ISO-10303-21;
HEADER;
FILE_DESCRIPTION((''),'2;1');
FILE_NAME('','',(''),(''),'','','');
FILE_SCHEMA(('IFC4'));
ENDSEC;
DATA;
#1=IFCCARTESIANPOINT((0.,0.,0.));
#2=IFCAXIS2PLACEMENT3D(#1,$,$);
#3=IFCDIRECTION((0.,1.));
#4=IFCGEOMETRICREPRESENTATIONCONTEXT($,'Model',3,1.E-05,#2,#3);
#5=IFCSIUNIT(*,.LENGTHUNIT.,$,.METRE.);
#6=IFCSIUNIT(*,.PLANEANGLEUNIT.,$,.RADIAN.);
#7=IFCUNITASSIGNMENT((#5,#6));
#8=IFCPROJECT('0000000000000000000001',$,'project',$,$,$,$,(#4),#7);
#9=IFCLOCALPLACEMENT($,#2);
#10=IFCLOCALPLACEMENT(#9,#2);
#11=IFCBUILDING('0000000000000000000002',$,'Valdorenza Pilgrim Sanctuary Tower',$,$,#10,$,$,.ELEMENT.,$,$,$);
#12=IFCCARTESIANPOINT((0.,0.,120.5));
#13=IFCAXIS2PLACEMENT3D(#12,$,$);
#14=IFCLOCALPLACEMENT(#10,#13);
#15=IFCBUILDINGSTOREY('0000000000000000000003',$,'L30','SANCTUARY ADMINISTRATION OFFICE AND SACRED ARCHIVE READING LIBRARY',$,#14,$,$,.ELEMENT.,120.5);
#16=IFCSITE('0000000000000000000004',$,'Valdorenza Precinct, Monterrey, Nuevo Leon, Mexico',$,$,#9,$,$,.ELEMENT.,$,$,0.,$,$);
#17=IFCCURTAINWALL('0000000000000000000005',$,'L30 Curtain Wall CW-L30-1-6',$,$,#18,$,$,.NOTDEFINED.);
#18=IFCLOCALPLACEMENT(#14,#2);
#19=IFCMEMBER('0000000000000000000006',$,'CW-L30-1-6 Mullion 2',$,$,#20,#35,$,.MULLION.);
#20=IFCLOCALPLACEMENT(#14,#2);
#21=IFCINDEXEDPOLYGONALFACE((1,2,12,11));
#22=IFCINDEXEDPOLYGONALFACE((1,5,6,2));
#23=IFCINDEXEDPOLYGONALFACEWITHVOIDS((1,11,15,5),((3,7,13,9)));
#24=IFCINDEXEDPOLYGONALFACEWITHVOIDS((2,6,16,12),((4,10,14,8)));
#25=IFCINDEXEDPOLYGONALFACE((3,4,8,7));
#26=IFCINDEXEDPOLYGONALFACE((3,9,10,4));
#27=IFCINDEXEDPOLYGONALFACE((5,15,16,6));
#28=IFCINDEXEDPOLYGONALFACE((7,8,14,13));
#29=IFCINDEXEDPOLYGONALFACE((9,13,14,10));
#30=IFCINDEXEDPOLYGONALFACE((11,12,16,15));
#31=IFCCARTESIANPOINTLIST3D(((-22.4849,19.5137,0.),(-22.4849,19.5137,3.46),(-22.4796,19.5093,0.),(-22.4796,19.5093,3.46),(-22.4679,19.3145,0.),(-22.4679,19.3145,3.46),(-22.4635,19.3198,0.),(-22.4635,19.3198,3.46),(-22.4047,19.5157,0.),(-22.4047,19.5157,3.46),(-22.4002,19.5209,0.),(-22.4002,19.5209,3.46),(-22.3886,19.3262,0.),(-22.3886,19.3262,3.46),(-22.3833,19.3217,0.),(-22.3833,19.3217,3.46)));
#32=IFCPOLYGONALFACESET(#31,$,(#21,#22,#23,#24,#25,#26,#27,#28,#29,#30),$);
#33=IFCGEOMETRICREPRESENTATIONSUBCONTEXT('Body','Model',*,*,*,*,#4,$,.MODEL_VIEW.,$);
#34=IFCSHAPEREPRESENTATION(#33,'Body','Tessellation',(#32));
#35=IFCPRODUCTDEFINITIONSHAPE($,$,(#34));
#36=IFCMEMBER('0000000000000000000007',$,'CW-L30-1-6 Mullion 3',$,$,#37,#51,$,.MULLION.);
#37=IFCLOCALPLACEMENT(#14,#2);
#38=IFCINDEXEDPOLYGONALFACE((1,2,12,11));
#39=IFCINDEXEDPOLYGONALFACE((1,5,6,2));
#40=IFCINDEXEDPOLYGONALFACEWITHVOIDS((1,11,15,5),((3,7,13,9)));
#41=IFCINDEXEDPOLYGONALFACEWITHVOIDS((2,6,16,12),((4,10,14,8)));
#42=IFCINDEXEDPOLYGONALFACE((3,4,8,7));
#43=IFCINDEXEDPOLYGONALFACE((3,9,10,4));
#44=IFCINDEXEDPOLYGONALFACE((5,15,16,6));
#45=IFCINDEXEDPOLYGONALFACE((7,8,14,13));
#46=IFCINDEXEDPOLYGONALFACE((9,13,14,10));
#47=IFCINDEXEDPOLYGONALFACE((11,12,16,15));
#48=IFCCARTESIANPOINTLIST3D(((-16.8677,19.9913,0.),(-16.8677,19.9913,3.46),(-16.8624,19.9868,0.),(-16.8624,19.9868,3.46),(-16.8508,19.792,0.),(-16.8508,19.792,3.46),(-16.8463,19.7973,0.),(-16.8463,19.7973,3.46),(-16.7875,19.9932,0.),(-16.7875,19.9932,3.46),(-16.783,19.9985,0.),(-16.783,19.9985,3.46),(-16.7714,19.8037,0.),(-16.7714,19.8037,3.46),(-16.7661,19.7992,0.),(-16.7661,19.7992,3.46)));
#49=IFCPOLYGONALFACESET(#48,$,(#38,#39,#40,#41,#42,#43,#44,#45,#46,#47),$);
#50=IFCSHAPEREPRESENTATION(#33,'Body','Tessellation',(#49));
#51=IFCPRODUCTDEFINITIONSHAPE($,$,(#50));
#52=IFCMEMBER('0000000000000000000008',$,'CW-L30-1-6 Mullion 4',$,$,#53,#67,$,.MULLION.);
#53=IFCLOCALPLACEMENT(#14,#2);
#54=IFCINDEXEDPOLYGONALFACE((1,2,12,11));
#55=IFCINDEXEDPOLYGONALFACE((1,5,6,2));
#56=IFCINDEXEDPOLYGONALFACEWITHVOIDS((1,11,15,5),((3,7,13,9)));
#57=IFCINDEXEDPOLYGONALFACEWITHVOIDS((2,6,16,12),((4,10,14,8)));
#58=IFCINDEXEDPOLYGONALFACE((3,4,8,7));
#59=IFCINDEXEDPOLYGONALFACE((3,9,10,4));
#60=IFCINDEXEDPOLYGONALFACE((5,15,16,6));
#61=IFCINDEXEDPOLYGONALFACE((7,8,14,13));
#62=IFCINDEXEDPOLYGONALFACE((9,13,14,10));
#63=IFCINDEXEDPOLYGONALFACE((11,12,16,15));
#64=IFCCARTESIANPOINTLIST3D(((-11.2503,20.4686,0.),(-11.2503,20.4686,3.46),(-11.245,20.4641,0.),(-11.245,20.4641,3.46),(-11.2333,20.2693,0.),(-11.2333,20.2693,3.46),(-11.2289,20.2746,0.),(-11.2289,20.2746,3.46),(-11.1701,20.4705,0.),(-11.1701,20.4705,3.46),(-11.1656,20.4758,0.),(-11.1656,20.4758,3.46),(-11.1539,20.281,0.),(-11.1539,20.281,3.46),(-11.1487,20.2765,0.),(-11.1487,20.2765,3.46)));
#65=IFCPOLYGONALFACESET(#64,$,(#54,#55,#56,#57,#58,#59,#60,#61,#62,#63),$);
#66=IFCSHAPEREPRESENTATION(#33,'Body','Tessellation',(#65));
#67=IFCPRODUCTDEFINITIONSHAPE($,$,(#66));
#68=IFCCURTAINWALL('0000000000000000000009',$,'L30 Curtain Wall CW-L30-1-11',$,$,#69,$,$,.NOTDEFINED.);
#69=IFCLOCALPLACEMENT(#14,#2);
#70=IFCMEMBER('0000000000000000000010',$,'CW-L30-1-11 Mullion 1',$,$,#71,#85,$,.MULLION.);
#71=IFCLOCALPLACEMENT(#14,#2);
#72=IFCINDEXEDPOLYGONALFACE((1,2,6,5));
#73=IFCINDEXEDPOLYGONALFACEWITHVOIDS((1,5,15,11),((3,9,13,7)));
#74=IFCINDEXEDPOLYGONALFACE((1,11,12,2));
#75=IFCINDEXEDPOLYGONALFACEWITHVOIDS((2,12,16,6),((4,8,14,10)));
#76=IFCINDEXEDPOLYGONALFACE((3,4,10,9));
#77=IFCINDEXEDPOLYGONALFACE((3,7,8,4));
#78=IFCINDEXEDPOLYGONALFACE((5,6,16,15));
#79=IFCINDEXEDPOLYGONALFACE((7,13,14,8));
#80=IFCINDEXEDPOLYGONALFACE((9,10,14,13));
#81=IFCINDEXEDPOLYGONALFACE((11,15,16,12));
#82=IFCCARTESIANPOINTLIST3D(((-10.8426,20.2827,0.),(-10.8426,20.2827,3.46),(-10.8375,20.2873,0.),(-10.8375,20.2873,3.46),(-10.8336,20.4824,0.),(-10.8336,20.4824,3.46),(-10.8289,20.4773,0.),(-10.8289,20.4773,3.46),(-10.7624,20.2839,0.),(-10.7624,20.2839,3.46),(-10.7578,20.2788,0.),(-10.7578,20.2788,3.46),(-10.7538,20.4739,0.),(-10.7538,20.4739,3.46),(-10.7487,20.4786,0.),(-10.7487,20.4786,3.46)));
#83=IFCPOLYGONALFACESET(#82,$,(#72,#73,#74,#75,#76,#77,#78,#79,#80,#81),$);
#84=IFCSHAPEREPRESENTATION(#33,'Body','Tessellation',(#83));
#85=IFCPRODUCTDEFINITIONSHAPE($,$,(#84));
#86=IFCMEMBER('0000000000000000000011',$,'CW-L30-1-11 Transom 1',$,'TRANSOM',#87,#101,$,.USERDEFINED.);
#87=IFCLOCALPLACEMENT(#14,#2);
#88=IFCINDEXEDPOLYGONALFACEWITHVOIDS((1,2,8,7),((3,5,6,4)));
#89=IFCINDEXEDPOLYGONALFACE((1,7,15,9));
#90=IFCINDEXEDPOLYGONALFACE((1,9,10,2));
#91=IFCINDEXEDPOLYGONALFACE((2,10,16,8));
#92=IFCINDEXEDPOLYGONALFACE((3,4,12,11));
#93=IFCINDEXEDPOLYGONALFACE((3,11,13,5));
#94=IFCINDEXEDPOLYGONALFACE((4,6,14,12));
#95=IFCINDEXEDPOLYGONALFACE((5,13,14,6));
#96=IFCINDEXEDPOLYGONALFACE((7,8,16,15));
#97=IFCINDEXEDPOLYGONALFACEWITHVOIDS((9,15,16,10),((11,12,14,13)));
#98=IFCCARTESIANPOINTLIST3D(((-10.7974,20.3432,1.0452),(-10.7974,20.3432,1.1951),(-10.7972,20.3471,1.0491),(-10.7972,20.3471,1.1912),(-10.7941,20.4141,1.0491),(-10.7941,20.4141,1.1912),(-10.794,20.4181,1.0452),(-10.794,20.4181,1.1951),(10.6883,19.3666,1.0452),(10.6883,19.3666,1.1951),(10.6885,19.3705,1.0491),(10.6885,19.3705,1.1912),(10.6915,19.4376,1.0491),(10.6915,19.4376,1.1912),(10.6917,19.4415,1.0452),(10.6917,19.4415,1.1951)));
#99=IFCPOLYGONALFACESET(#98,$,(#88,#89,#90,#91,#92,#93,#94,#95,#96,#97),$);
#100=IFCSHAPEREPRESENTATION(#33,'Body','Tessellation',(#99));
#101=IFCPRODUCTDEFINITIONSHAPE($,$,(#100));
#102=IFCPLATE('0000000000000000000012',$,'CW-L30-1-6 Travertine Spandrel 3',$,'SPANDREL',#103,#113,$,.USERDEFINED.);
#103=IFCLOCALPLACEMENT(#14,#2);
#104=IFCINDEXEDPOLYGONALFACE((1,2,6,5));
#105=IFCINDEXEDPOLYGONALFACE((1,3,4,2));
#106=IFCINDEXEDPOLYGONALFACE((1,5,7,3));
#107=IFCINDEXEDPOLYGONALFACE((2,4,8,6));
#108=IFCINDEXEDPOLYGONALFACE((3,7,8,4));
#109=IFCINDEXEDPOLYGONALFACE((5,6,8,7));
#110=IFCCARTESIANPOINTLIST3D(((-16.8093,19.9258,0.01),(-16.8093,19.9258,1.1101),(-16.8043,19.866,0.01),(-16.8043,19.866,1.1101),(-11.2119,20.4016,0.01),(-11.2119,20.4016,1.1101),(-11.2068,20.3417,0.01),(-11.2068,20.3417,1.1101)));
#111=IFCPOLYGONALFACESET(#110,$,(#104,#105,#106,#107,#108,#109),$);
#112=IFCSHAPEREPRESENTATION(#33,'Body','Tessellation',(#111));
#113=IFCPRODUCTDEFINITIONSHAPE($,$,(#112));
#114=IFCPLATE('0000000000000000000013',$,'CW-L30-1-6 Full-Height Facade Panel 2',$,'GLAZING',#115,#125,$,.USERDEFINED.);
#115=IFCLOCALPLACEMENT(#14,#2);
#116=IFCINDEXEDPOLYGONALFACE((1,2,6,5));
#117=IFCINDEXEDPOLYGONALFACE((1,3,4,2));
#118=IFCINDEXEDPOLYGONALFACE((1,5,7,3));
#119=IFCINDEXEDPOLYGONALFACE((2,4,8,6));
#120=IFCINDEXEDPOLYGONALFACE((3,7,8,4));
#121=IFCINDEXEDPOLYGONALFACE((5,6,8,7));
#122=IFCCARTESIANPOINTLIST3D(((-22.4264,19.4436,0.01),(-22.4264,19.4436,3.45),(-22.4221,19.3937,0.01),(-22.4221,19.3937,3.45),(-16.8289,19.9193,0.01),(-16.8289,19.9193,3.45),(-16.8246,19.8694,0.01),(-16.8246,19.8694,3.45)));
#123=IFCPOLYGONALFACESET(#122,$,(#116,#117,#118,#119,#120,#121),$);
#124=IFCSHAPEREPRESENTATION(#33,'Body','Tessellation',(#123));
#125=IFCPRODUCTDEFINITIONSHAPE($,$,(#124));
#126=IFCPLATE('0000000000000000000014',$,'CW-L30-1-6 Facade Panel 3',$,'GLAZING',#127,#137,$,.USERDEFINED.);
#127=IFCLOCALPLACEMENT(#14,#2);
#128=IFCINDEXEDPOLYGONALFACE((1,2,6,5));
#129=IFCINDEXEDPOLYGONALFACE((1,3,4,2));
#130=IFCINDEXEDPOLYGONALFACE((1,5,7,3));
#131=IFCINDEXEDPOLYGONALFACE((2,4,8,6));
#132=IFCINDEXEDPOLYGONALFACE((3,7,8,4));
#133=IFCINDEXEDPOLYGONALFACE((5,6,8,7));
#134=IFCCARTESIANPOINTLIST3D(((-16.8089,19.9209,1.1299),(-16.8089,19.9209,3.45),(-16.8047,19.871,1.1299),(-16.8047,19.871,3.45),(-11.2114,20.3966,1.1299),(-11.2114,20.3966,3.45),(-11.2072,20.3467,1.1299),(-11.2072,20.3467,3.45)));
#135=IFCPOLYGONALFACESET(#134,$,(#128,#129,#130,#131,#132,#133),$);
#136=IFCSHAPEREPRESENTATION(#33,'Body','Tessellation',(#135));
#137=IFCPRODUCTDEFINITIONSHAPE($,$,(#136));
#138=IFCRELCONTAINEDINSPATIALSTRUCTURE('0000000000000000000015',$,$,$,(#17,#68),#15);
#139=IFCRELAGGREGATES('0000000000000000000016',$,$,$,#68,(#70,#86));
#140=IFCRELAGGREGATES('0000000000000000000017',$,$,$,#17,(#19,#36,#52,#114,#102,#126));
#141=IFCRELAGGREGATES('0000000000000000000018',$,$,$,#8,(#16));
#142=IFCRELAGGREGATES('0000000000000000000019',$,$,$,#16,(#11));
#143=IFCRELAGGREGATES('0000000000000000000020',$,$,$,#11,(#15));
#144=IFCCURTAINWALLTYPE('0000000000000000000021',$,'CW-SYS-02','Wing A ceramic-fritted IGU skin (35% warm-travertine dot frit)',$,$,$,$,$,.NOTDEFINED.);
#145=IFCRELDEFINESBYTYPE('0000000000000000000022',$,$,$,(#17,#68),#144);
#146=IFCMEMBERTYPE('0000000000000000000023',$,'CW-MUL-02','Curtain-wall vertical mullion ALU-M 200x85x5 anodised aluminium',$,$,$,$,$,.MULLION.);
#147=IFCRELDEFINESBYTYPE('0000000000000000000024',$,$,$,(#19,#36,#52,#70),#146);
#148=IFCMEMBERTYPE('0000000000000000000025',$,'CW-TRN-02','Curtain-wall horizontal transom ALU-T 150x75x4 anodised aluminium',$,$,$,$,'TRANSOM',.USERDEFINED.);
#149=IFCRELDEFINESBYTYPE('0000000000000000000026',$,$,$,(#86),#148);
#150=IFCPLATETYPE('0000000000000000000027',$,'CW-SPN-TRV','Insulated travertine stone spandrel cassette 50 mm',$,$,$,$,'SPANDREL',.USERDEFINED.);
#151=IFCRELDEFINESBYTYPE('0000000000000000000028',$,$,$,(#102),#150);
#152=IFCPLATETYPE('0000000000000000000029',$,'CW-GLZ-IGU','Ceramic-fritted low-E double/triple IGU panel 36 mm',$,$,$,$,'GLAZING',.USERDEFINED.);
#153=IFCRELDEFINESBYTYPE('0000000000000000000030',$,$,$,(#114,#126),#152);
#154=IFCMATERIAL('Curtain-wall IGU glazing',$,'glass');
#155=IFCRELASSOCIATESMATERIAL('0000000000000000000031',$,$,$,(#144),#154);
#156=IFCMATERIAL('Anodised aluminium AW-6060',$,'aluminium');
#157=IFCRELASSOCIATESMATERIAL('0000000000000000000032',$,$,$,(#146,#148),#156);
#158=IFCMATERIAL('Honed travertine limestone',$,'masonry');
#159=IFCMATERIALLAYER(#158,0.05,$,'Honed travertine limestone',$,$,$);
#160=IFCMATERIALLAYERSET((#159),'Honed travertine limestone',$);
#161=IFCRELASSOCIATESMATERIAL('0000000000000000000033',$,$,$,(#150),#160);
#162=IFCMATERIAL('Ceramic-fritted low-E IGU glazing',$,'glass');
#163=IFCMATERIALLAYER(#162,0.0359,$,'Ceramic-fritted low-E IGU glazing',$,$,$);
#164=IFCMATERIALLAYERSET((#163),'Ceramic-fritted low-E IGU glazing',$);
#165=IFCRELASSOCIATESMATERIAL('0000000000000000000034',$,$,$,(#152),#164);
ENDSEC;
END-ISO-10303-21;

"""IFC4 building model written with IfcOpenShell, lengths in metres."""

from ifc_helpers import new_model, si_unit, direction, frame, origin, origin_2d, place, context, subcontext, project, spatial, rectangle, hollow_rectangle, extrude, source, transform, mapped, material, layer, layer_set, material_profile, profile_set, type_object, element, aggregate, save


model = new_model("IFC4")

# Units and contexts
model_context = context("Model", 3, precision=1e-05, world=origin(), true_north=direction((0.0, 1.0)))
body_context = subcontext(model_context, "Body", "Model", "MODEL_VIEW")
ifc_project = project(units=[si_unit("LENGTHUNIT", "METRE"), si_unit("PLANEANGLEUNIT", "RADIAN")], contexts=[model_context])

# Site, building, storey
site_placement = place(None, origin())
site = spatial("IfcSite", under=ifc_project, at=site_placement, Name="Valdorenza Precinct, Monterrey, Nuevo Leon, Mexico", CompositionType="ELEMENT", RefElevation=0.0)
building_placement = place(site_placement, origin())
building = spatial("IfcBuilding", under=site, at=building_placement, Name="Valdorenza Pilgrim Sanctuary Tower", CompositionType="ELEMENT")
storey_placement = place(building_placement, frame((0.0, 0.0, 120.5)))
storey = spatial("IfcBuildingStorey", under=building, at=storey_placement, Name="L30", Description="SANCTUARY ADMINISTRATION OFFICE AND SACRED ARCHIVE READING LIBRARY", CompositionType="ELEMENT", Elevation=120.5)

# Curtain walls, members
ifc_material_1 = material(Name="Curtain-wall IGU glazing", Category="glass")
curtain_wall_type = type_object("IfcCurtainWallType", Name="CW-SYS-02", Description="Wing A ceramic-fritted IGU skin (35% warm-travertine dot frit)", PredefinedType="NOTDEFINED", material=ifc_material_1)
curtain_wall_1_placement = place(storey_placement, origin())
curtain_wall_1 = element("IfcCurtainWall", 1, at=curtain_wall_1_placement, inside=storey, type_object=curtain_wall_type, Name="L30 Curtain Wall CW-L30-1-6", PredefinedType="NOTDEFINED")
ifc_material_2 = material(Name="Anodised aluminium AW-6060", Category="aluminium")
ifc_material_profile_1 = material_profile(ifc_material_2, hollow_rectangle(XDim=0.085, YDim=0.2, WallThickness=0.0049, at=origin_2d()), Name="ALU-M 200x85x5")
ifc_profile_set_1 = profile_set([ifc_material_profile_1], Name="Anodised aluminium AW-6060")
member_type_1 = type_object("IfcMemberType", Name="CW-MUL-02", Description="Curtain-wall vertical mullion ALU-M 200x85x5 anodised aluminium", PredefinedType="MULLION", material=ifc_profile_set_1)
shared_shape_1 = source(origin(), body_context, "Body", "SweptSolid", [
    extrude(hollow_rectangle(XDim=0.085, YDim=0.2, WallThickness=0.0049, at=origin_2d()), origin(), (0.0, 0.0, 1.0), 3.46),
])
member_1_placement = place(storey_placement, frame((-22.4341, 19.4177, 0.0), z_axis=(0.0, 0.0, 1.0), x_axis=(0.996408, 0.084687, 0.0)))
member_1 = element("IfcMember", 2, at=member_1_placement, type_object=member_type_1, Name="CW-L30-1-6 Mullion 2", PredefinedType="MULLION", context=body_context, shape_type="MappedRepresentation", body=[
    mapped(shared_shape_1, transform((0.0, 0.0, 0.0), x_axis=(1.0, 0.0, 0.0), y_axis=(0.0, 1.0, 0.0), z_axis=(0.0, 0.0, 1.0), scale=1.0)),
])
member_2_placement = place(storey_placement, frame((-16.8169, 19.8953, 0.0), z_axis=(0.0, 0.0, 1.0), x_axis=(0.996408, 0.084687, 0.0)))
member_2 = element("IfcMember", 3, at=member_2_placement, type_object=member_type_1, Name="CW-L30-1-6 Mullion 3", PredefinedType="MULLION", context=body_context, shape_type="MappedRepresentation", body=[
    mapped(shared_shape_1, transform((0.0, 0.0, 0.0), x_axis=(1.0, 0.0, 0.0), y_axis=(0.0, 1.0, 0.0), z_axis=(0.0, 0.0, 1.0), scale=1.0)),
])
member_3_placement = place(storey_placement, frame((-11.1995, 20.3726, 0.0), z_axis=(0.0, 0.0, 1.0), x_axis=(0.996408, 0.084687, 0.0)))
member_3 = element("IfcMember", 4, at=member_3_placement, type_object=member_type_1, Name="CW-L30-1-6 Mullion 4", PredefinedType="MULLION", context=body_context, shape_type="MappedRepresentation", body=[
    mapped(shared_shape_1, transform((0.0, 0.0, 0.0), x_axis=(1.0, 0.0, 0.0), y_axis=(0.0, 1.0, 0.0), z_axis=(0.0, 0.0, 1.0), scale=1.0)),
])
curtain_wall_2_placement = place(storey_placement, origin())
curtain_wall_2 = element("IfcCurtainWall", 5, at=curtain_wall_2_placement, inside=storey, type_object=curtain_wall_type, Name="L30 Curtain Wall CW-L30-1-11", PredefinedType="NOTDEFINED")
member_4_placement = place(storey_placement, frame((-10.7957, 20.3806, 0.0), z_axis=(0.0, 0.0, 1.0), x_axis=(0.998968, -0.045415, 0.0)))
member_4 = element("IfcMember", 6, at=member_4_placement, type_object=member_type_1, Name="CW-L30-1-11 Mullion 1", PredefinedType="MULLION", context=body_context, shape_type="MappedRepresentation", body=[
    mapped(shared_shape_1, transform((0.0, 0.0, 0.0), x_axis=(1.0, 0.0, 0.0), y_axis=(0.0, 1.0, 0.0), z_axis=(0.0, 0.0, 1.0), scale=1.0)),
])
ifc_material_profile_2 = material_profile(ifc_material_2, hollow_rectangle(XDim=0.075, YDim=0.1499, WallThickness=0.0039, at=origin_2d()), Name="ALU-T 150x75x4")
ifc_profile_set_2 = profile_set([ifc_material_profile_2], Name="Anodised aluminium AW-6060")
member_type_2 = type_object("IfcMemberType", Name="CW-TRN-02", Description="Curtain-wall horizontal transom ALU-T 150x75x4 anodised aluminium", ElementType="TRANSOM", PredefinedType="USERDEFINED", material=ifc_profile_set_2)
shared_shape_2 = source(origin(), body_context, "Body", "SweptSolid", [
    extrude(hollow_rectangle(XDim=0.075, YDim=0.1499, WallThickness=0.0039, at=origin_2d()), origin(), (0.0, 0.0, 1.0), 21.5078),
])
member_5_placement = place(storey_placement, frame((-10.7957, 20.3806, 1.1201), z_axis=(0.998969, -0.045405, 0.0), x_axis=(0.045405, 0.998969, 0.0)))
member_5 = element("IfcMember", 7, at=member_5_placement, type_object=member_type_2, Name="CW-L30-1-11 Transom 1", ObjectType="TRANSOM", PredefinedType="USERDEFINED", context=body_context, shape_type="MappedRepresentation", body=[
    mapped(shared_shape_2, transform((0.0, 0.0, 0.0), x_axis=(1.0, 0.0, 0.0), y_axis=(0.0, 1.0, 0.0), z_axis=(0.0, 0.0, 1.0), scale=1.0)),
])
aggregate(curtain_wall_2, [member_4, member_5])

# Plates
ifc_material_3 = material(Name="Honed travertine limestone", Category="masonry")
ifc_layer_1 = layer(ifc_material_3, 0.05, Name="Honed travertine limestone")
ifc_layer_set_1 = layer_set([ifc_layer_1], Name="Honed travertine limestone")
plate_type_1 = type_object("IfcPlateType", Name="CW-SPN-TRV", Description="Insulated travertine stone spandrel cassette 50 mm", ElementType="SPANDREL", PredefinedType="USERDEFINED", material=ifc_layer_set_1)
shared_shape_3 = source(origin(), body_context, "Body", "SweptSolid", [
    extrude(rectangle(XDim=5.6177, YDim=0.0601, at=origin_2d()), origin(), (0.0, 0.0, 1.0), 1.1001),
])
plate_1_placement = place(storey_placement, frame((-14.0081, 20.1338, 0.01), z_axis=(0.0, 0.0, 1.0), x_axis=(0.996408, 0.084687, 0.0)))
plate_1 = element("IfcPlate", 8, at=plate_1_placement, type_object=plate_type_1, Name="CW-L30-1-6 Travertine Spandrel 3", ObjectType="SPANDREL", PredefinedType="USERDEFINED", context=body_context, shape_type="MappedRepresentation", body=[
    mapped(shared_shape_3, transform((0.0, 0.0, 0.0), x_axis=(1.0, 0.0, 0.0), y_axis=(0.0, 1.0, 0.0), z_axis=(0.0, 0.0, 1.0), scale=1.0)),
])
ifc_material_4 = material(Name="Ceramic-fritted low-E IGU glazing", Category="glass")
ifc_layer_2 = layer(ifc_material_4, 0.0359, Name="Ceramic-fritted low-E IGU glazing")
ifc_layer_set_2 = layer_set([ifc_layer_2], Name="Ceramic-fritted low-E IGU glazing")
plate_type_2 = type_object("IfcPlateType", Name="CW-GLZ-IGU", Description="Ceramic-fritted low-E double/triple IGU panel 36 mm", ElementType="GLAZING", PredefinedType="USERDEFINED", material=ifc_layer_set_2)
shared_shape_4 = source(origin(), body_context, "Body", "SweptSolid", [
    extrude(rectangle(XDim=5.6177, YDim=0.05, at=origin_2d()), origin(), (0.0, 0.0, 1.0), 3.4399),
])
plate_2_placement = place(storey_placement, frame((-19.6255, 19.6565, 0.01), z_axis=(0.0, 0.0, 1.0), x_axis=(0.996408, 0.084687, 0.0)))
plate_2 = element("IfcPlate", 9, at=plate_2_placement, type_object=plate_type_2, Name="CW-L30-1-6 Full-Height Facade Panel 2", ObjectType="GLAZING", PredefinedType="USERDEFINED", context=body_context, shape_type="MappedRepresentation", body=[
    mapped(shared_shape_4, transform((0.0, 0.0, 0.0), x_axis=(1.0, 0.0, 0.0), y_axis=(0.0, 1.0, 0.0), z_axis=(0.0, 0.0, 1.0), scale=1.0)),
])
shared_shape_5 = source(origin(), body_context, "Body", "SweptSolid", [
    extrude(rectangle(XDim=5.6177, YDim=0.05, at=origin_2d()), origin(), (0.0, 0.0, 1.0), 2.3201),
])
plate_3_placement = place(storey_placement, frame((-14.0081, 20.1338, 1.1299), z_axis=(0.0, 0.0, 1.0), x_axis=(0.996408, 0.084687, 0.0)))
plate_3 = element("IfcPlate", 10, at=plate_3_placement, type_object=plate_type_2, Name="CW-L30-1-6 Facade Panel 3", ObjectType="GLAZING", PredefinedType="USERDEFINED", context=body_context, shape_type="MappedRepresentation", body=[
    mapped(shared_shape_5, transform((0.0, 0.0, 0.0), x_axis=(1.0, 0.0, 0.0), y_axis=(0.0, 1.0, 0.0), z_axis=(0.0, 0.0, 1.0), scale=1.0)),
])
aggregate(curtain_wall_1, [member_1, member_2, member_3, plate_2, plate_1, plate_3])

save(model, "model.ifc")
